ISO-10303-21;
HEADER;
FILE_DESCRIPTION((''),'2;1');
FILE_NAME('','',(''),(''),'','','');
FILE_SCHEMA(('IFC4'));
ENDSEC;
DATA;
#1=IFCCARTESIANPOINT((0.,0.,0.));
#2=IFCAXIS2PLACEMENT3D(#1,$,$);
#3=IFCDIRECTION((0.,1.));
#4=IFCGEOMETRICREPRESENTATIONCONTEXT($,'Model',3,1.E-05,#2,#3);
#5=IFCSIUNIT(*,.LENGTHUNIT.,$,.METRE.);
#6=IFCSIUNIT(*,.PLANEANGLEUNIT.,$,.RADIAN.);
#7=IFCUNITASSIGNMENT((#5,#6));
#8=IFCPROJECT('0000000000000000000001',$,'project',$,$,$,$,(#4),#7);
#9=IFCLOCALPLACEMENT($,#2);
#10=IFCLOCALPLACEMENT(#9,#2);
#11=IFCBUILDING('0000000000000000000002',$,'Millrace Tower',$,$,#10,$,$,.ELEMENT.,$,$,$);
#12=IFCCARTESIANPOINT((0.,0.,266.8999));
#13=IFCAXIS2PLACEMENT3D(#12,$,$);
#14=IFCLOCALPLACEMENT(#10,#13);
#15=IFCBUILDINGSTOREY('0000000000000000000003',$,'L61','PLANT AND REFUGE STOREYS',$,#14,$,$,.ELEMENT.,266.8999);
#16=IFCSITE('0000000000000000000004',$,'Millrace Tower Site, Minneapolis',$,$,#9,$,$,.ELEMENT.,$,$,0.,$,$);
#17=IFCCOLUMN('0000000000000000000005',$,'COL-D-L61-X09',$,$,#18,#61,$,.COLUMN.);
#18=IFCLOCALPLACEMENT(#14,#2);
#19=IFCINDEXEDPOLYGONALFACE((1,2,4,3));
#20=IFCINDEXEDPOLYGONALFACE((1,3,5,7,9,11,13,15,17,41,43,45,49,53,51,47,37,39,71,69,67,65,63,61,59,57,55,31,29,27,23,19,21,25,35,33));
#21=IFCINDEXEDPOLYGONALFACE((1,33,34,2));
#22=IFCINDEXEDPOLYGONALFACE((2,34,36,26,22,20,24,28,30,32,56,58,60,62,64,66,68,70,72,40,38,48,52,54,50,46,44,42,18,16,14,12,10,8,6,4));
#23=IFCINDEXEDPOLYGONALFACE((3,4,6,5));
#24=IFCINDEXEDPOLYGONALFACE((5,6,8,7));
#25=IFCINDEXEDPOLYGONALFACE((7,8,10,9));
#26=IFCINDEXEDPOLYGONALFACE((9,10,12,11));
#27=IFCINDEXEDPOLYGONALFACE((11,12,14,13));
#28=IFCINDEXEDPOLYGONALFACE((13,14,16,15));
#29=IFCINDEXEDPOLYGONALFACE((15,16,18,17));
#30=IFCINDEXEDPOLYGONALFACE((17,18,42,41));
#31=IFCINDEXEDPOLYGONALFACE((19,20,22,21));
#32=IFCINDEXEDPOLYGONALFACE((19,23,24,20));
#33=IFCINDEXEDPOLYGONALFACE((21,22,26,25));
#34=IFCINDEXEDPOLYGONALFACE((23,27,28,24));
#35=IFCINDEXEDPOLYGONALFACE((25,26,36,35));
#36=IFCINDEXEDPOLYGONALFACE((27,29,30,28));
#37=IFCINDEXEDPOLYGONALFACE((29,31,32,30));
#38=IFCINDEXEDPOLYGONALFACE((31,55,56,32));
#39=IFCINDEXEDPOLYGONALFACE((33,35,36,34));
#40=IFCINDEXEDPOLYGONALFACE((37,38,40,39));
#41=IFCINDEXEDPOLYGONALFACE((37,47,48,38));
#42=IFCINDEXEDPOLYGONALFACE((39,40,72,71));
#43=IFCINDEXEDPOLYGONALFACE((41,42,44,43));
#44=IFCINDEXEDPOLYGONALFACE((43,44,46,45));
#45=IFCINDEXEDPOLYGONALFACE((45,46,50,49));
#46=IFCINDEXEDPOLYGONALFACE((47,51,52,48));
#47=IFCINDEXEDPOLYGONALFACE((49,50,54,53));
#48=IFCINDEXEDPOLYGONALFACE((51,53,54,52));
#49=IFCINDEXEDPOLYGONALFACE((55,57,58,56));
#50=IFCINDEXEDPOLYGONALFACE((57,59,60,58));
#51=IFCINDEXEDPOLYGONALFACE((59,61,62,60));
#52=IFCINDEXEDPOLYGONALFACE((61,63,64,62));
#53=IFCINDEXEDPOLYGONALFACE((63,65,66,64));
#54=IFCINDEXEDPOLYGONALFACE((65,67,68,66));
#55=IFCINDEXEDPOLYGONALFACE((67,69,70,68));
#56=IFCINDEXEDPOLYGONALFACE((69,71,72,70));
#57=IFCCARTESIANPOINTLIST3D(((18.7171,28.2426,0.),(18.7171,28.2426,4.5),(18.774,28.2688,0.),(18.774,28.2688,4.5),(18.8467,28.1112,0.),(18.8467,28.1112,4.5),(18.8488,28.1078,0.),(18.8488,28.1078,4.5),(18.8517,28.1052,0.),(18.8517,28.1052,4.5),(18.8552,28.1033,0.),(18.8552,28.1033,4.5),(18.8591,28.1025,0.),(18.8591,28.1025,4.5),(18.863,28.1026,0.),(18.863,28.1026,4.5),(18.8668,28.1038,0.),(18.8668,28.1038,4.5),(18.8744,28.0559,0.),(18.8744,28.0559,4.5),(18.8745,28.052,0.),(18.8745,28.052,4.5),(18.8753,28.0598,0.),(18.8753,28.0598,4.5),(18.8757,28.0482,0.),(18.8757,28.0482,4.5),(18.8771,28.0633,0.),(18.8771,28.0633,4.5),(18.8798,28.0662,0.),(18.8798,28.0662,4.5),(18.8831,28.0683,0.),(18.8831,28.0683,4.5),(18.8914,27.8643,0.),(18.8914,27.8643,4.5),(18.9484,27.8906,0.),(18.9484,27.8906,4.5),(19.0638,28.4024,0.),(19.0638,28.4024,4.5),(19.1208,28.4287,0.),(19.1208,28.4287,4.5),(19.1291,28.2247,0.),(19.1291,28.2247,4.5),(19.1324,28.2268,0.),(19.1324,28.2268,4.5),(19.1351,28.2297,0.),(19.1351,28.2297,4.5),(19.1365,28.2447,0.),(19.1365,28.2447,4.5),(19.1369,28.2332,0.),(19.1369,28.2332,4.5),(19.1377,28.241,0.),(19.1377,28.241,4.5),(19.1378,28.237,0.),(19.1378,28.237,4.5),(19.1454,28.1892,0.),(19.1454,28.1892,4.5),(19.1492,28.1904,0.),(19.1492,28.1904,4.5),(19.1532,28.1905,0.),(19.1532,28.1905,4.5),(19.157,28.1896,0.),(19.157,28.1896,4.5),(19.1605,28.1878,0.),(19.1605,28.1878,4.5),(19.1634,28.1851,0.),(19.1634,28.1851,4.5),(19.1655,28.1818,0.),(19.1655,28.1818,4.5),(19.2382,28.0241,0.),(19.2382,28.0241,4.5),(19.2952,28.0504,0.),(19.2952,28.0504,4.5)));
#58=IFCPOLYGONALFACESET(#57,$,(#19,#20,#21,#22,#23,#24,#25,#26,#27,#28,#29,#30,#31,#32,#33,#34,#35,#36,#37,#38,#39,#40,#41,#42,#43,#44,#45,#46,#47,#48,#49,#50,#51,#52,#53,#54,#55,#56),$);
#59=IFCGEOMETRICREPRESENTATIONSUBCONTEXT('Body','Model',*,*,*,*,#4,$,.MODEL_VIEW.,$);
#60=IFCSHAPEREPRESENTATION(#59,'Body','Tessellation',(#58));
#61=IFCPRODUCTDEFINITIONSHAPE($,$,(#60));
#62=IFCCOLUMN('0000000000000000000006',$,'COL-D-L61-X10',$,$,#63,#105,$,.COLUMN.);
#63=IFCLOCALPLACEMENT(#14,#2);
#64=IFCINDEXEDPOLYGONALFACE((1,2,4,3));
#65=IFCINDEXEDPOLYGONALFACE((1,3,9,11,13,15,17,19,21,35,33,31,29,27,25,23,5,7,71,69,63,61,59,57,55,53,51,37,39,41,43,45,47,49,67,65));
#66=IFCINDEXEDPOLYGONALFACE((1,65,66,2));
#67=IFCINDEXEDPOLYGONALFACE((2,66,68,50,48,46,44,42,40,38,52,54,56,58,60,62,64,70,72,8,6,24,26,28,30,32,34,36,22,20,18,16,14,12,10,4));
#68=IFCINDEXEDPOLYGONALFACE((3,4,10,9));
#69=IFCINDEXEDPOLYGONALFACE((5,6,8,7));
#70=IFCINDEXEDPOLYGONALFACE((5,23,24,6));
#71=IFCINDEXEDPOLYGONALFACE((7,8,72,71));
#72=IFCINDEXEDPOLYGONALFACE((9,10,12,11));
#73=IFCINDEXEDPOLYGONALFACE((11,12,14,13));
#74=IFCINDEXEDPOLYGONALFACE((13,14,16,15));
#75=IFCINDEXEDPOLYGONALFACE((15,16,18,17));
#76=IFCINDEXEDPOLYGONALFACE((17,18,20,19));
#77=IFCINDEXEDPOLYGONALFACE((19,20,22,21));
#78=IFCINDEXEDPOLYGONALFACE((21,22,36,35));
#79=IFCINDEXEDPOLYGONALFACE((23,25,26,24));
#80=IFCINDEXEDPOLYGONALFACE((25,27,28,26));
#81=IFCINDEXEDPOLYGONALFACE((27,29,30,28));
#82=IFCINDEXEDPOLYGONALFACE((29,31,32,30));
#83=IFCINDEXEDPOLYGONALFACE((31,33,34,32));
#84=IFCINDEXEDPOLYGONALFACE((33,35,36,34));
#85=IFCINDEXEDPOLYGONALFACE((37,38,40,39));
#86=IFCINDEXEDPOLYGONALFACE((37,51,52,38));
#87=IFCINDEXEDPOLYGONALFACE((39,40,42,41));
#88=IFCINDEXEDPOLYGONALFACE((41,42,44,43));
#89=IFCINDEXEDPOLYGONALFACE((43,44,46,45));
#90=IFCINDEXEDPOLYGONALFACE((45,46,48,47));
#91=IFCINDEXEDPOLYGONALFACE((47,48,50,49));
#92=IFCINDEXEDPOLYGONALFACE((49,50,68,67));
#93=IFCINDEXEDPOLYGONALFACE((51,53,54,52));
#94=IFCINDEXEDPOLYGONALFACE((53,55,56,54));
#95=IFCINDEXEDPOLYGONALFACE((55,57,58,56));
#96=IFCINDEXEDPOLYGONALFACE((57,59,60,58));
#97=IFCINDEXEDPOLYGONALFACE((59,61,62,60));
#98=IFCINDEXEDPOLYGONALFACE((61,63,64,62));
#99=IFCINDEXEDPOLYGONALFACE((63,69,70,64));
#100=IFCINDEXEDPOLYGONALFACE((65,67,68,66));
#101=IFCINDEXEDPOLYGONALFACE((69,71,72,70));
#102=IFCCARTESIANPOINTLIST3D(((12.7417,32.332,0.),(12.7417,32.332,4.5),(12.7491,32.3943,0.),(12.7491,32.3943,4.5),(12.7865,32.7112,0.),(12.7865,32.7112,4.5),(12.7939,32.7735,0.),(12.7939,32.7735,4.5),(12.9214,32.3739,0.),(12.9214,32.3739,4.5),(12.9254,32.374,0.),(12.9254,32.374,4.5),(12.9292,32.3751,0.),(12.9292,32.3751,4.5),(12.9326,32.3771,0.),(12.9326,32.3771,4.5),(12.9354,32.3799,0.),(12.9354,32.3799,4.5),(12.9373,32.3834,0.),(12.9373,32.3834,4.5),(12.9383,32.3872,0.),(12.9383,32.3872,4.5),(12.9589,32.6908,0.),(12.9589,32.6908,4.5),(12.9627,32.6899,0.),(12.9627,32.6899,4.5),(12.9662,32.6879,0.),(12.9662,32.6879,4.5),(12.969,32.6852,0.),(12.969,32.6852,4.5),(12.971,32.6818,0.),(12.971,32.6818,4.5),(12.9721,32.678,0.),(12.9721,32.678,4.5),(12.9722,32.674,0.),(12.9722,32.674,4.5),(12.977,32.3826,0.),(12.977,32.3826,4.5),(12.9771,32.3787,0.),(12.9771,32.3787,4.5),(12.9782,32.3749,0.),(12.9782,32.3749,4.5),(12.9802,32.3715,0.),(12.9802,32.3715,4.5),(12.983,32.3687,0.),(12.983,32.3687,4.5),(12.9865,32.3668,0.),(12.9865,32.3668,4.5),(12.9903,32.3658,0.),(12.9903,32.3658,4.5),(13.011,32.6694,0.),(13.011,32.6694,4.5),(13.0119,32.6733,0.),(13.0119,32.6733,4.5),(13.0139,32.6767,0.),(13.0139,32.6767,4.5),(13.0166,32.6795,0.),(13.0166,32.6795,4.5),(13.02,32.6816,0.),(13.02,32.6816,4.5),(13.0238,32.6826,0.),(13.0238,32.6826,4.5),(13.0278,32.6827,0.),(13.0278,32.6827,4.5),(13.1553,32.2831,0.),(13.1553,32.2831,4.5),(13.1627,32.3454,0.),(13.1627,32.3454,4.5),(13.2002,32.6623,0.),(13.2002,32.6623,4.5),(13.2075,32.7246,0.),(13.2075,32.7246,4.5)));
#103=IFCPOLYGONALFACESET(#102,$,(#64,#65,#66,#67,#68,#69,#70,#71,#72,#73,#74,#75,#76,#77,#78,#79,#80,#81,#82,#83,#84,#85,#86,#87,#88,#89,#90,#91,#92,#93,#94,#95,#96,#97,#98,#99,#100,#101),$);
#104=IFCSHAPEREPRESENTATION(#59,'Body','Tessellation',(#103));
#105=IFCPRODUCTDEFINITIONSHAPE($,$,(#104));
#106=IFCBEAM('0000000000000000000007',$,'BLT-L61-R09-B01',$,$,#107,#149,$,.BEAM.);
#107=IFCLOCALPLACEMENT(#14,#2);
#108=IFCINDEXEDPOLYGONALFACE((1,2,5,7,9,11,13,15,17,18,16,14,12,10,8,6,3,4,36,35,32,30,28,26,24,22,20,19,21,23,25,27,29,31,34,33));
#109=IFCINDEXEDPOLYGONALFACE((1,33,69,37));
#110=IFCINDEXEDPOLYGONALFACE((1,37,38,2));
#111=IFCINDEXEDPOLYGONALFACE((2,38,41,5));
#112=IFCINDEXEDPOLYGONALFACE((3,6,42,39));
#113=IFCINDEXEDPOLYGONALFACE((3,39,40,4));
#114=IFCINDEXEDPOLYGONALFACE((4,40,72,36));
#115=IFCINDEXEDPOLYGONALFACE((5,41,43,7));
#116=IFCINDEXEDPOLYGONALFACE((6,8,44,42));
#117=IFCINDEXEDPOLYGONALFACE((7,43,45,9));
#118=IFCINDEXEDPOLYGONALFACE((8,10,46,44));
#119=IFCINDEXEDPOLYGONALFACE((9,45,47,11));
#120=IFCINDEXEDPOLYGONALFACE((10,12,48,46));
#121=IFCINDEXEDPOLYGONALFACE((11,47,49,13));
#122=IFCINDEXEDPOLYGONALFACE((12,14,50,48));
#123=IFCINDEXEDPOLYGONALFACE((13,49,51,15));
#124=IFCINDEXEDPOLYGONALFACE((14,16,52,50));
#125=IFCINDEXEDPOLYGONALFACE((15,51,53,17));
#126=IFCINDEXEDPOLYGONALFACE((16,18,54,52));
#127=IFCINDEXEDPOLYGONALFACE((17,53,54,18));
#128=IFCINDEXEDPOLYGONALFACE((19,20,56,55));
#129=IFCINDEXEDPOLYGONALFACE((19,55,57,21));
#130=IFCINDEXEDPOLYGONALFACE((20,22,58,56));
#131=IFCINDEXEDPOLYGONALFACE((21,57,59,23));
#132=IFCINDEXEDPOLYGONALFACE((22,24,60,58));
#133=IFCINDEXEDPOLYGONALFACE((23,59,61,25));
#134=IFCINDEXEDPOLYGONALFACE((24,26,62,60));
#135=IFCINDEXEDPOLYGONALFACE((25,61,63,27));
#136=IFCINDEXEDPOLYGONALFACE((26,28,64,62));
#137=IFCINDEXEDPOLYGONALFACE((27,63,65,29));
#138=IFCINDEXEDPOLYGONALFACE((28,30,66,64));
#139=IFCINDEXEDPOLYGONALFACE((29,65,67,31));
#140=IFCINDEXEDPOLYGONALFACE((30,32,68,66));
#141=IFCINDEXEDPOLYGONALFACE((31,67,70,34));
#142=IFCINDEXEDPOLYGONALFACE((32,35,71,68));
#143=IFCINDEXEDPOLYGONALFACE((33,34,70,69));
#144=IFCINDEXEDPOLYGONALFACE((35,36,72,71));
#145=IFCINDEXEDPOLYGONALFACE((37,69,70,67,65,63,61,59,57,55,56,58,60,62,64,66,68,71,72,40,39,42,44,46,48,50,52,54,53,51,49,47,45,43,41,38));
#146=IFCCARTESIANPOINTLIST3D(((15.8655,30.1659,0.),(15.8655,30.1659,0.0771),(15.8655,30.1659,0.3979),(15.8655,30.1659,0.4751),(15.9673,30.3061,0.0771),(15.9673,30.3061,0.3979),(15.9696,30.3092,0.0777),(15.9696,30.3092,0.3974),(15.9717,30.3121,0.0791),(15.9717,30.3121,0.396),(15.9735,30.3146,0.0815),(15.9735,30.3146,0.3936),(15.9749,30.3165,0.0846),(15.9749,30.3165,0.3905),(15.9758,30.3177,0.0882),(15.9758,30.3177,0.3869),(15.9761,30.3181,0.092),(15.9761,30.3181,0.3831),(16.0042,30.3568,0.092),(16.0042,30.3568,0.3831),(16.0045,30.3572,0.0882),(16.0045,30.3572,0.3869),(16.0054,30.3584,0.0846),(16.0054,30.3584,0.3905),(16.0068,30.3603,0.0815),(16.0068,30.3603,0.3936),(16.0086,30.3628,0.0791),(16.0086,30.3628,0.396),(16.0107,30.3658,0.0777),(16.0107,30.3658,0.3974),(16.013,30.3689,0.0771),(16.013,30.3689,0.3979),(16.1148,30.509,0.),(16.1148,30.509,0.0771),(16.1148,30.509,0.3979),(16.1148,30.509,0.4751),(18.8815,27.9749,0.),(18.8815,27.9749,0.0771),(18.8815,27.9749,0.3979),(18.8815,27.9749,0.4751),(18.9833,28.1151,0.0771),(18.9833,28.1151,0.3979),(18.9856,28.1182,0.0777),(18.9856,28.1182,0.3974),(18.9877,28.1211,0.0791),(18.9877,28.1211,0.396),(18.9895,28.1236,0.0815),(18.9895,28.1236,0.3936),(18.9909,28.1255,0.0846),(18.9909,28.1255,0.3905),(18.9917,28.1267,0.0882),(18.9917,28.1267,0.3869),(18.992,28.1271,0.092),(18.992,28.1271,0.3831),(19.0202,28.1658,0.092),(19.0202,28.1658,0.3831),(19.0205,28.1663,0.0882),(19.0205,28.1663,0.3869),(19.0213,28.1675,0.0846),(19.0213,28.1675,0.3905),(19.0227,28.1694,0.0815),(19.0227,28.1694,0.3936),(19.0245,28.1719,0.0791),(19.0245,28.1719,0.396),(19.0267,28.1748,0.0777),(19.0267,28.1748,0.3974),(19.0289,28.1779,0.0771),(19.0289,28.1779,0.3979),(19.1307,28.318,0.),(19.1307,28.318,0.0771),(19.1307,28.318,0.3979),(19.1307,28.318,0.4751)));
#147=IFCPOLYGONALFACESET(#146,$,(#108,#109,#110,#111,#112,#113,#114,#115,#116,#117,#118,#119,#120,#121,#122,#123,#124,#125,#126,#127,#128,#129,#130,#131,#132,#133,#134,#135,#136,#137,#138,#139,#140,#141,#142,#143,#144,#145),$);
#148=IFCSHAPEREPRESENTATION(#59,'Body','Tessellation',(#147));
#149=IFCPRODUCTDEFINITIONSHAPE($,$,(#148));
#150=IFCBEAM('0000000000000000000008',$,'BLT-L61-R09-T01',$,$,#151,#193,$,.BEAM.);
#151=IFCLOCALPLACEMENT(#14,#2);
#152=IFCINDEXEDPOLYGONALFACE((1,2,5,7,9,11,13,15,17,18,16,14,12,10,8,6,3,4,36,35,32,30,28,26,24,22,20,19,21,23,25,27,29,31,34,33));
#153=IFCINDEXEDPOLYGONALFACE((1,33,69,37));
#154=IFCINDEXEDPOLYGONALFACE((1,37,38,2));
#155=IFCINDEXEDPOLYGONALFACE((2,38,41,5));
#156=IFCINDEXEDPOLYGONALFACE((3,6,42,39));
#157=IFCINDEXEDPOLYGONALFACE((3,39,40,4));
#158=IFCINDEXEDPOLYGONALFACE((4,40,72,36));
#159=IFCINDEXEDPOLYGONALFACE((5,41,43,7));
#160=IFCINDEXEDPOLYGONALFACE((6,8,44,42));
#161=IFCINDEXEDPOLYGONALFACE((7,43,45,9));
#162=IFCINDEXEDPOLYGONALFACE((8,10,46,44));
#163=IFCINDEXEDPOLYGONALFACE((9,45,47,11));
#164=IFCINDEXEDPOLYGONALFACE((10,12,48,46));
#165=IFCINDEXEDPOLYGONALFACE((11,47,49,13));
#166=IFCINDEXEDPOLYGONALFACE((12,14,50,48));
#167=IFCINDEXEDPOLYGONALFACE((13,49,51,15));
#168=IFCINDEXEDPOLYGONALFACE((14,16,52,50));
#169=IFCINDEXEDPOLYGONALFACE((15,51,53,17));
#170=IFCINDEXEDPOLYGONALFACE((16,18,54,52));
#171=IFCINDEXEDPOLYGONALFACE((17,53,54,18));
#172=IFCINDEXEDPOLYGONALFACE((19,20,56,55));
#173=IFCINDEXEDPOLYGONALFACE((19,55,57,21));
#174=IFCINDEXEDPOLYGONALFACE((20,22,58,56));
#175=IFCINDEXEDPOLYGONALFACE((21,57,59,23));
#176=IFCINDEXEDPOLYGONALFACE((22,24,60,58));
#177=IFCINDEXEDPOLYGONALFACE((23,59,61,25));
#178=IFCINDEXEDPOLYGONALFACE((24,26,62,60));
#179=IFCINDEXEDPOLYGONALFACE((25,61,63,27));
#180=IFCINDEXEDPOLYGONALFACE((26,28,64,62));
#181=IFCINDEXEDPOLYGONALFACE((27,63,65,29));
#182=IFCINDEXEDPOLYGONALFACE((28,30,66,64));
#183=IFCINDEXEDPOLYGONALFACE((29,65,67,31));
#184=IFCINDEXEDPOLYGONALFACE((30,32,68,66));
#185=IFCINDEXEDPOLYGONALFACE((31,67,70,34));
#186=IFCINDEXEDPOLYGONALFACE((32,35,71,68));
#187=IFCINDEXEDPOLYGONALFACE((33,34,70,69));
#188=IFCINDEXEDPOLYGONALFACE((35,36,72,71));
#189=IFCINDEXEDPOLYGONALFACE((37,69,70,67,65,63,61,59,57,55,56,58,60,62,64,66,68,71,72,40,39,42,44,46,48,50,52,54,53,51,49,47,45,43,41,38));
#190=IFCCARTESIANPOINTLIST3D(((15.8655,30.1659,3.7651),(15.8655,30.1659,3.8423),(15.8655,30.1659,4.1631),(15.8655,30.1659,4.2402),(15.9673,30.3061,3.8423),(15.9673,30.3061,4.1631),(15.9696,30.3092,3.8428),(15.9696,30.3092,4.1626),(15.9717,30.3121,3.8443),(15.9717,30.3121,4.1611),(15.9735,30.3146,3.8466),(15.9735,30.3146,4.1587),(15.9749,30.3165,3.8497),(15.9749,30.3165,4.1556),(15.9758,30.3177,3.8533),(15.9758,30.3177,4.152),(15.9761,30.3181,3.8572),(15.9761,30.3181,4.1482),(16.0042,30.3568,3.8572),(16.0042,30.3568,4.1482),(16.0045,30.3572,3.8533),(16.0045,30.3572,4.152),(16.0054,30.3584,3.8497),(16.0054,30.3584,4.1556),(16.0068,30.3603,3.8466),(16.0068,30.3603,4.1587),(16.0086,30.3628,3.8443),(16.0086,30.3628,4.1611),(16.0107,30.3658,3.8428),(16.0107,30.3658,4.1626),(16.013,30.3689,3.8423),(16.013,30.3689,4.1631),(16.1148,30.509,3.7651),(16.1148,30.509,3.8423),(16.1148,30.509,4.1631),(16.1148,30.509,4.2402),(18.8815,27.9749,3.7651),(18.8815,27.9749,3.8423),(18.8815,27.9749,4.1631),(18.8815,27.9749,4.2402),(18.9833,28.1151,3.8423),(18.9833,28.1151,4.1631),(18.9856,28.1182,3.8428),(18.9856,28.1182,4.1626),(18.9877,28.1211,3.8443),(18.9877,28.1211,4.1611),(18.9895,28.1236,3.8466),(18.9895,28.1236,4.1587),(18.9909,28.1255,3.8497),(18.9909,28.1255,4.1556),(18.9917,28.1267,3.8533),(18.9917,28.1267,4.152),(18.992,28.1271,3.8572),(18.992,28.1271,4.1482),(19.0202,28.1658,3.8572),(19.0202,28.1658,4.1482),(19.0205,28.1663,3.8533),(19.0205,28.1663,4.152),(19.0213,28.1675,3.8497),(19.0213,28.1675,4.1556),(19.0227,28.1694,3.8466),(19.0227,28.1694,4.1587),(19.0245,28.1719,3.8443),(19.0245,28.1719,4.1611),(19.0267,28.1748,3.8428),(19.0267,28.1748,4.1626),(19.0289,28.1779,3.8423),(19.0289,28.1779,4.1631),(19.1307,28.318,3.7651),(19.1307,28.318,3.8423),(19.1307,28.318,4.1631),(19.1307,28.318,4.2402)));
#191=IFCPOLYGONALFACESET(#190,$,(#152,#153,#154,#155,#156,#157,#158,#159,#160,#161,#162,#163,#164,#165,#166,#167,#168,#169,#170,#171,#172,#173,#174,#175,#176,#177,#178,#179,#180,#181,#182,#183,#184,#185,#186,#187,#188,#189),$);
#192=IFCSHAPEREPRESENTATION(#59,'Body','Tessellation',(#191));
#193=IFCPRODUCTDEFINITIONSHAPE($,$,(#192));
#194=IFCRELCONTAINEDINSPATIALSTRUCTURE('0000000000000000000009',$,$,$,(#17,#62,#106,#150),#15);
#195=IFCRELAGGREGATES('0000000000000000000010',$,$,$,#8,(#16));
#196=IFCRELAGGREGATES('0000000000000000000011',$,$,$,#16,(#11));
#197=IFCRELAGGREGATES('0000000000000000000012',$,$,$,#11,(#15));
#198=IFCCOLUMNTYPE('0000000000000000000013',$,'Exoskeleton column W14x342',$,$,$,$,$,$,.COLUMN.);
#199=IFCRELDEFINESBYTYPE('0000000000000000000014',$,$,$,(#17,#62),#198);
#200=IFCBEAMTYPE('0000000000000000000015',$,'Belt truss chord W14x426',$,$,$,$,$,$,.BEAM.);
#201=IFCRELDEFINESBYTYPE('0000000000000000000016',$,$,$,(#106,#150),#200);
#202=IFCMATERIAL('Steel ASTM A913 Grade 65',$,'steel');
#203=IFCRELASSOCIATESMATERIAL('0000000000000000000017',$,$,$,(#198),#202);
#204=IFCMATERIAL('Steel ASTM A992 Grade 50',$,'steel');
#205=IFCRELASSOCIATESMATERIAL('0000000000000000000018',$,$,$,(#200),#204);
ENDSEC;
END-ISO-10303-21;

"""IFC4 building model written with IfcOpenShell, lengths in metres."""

from ifc_helpers import new_model, si_unit, direction, frame, origin, origin_2d, place, context, subcontext, project, spatial, i_section, extrude, material, material_profile, profile_set, type_object, element, save


model = new_model("IFC4")

# Units and contexts
model_context = context("Model", 3, precision=1e-05, world=origin(), true_north=direction((0.0, 1.0)))
body_context = subcontext(model_context, "Body", "Model", "MODEL_VIEW")
ifc_project = project(units=[si_unit("LENGTHUNIT", "METRE"), si_unit("PLANEANGLEUNIT", "RADIAN")], contexts=[model_context])

# Site, building, storey
site_placement = place(None, origin())
site = spatial("IfcSite", under=ifc_project, at=site_placement, Name="Millrace Tower Site, Minneapolis", CompositionType="ELEMENT", RefElevation=0.0)
building_placement = place(site_placement, origin())
building = spatial("IfcBuilding", under=site, at=building_placement, Name="Millrace Tower", CompositionType="ELEMENT")
storey_placement = place(building_placement, frame((0.0, 0.0, 266.8999)))
storey = spatial("IfcBuildingStorey", under=building, at=storey_placement, Name="L61", Description="PLANT AND REFUGE STOREYS", CompositionType="ELEMENT", Elevation=266.8999)

# Columns
ifc_material_1 = material(Name="Steel ASTM A913 Grade 65", Category="steel")
ifc_material_profile_1 = material_profile(ifc_material_1, i_section(OverallWidth=0.4165, OverallDepth=0.4446, WebThickness=0.0391, FlangeThickness=0.0627, FilletRadius=0.0151, at=origin_2d()))
ifc_profile_set_1 = profile_set([ifc_material_profile_1], Name="Steel ASTM A913 Grade 65")
column_type = type_object("IfcColumnType", Name="Exoskeleton column W14x342", PredefinedType="COLUMN", material=ifc_profile_set_1)
for number, where, z_axis, x_axis, name in (
    (1, (19.0061, 28.1465, 0.0), (0.0, 0.0, 1.0), (-0.418553, 0.908192, 0.0), "COL-D-L61-X09"),
    (2, (12.9746, 32.5283, 0.0), (0.0, 0.0, 1.0), (-0.993082, 0.117421, 0.0), "COL-D-L61-X10"),
):
    element("IfcColumn", number, at=place(storey_placement, frame(where, z_axis=z_axis, x_axis=x_axis)), inside=storey, type_object=column_type, Name=name, PredefinedType="COLUMN", context=body_context, shape_type="SweptSolid", body=[
        extrude(i_section(OverallWidth=0.4165, OverallDepth=0.4446, WebThickness=0.0391, FlangeThickness=0.0627, FilletRadius=0.0151, at=origin_2d()), origin(), (0.0, 0.0, 1.0), 4.5),
    ])

# Beams
ifc_material_2 = material(Name="Steel ASTM A992 Grade 50", Category="steel")
ifc_material_profile_2 = material_profile(ifc_material_2, i_section(OverallWidth=0.4241, OverallDepth=0.4751, WebThickness=0.0479, FlangeThickness=0.0771, FilletRadius=0.0149, at=origin_2d()))
ifc_profile_set_2 = profile_set([ifc_material_profile_2], Name="Steel ASTM A992 Grade 50")
beam_type_1 = type_object("IfcBeamType", Name="Belt truss chord W14x426", PredefinedType="BEAM", material=ifc_profile_set_2)
for number, where, z_axis, x_axis, name in (
    (3, (19.0061, 28.1465, 0.2375), (-0.809048, 0.587743, 0.0), (-0.587743, -0.809048, 0.0), "BLT-L61-R09-B01"),
    (4, (19.0061, 28.1465, 4.0027), (-0.809048, 0.587743, 0.0), (-0.587743, -0.809048, 0.0), "BLT-L61-R09-T01"),
):
    element("IfcBeam", number, at=place(storey_placement, frame(where, z_axis=z_axis, x_axis=x_axis)), inside=storey, type_object=beam_type_1, Name=name, PredefinedType="BEAM", context=body_context, shape_type="SweptSolid", body=[
        extrude(i_section(OverallWidth=0.4241, OverallDepth=0.4751, WebThickness=0.0479, FlangeThickness=0.0771, FilletRadius=0.0149, at=origin_2d()), origin(), (0.0, 0.0, 1.0), 3.7278),
    ])

save(model, "model.ifc")
